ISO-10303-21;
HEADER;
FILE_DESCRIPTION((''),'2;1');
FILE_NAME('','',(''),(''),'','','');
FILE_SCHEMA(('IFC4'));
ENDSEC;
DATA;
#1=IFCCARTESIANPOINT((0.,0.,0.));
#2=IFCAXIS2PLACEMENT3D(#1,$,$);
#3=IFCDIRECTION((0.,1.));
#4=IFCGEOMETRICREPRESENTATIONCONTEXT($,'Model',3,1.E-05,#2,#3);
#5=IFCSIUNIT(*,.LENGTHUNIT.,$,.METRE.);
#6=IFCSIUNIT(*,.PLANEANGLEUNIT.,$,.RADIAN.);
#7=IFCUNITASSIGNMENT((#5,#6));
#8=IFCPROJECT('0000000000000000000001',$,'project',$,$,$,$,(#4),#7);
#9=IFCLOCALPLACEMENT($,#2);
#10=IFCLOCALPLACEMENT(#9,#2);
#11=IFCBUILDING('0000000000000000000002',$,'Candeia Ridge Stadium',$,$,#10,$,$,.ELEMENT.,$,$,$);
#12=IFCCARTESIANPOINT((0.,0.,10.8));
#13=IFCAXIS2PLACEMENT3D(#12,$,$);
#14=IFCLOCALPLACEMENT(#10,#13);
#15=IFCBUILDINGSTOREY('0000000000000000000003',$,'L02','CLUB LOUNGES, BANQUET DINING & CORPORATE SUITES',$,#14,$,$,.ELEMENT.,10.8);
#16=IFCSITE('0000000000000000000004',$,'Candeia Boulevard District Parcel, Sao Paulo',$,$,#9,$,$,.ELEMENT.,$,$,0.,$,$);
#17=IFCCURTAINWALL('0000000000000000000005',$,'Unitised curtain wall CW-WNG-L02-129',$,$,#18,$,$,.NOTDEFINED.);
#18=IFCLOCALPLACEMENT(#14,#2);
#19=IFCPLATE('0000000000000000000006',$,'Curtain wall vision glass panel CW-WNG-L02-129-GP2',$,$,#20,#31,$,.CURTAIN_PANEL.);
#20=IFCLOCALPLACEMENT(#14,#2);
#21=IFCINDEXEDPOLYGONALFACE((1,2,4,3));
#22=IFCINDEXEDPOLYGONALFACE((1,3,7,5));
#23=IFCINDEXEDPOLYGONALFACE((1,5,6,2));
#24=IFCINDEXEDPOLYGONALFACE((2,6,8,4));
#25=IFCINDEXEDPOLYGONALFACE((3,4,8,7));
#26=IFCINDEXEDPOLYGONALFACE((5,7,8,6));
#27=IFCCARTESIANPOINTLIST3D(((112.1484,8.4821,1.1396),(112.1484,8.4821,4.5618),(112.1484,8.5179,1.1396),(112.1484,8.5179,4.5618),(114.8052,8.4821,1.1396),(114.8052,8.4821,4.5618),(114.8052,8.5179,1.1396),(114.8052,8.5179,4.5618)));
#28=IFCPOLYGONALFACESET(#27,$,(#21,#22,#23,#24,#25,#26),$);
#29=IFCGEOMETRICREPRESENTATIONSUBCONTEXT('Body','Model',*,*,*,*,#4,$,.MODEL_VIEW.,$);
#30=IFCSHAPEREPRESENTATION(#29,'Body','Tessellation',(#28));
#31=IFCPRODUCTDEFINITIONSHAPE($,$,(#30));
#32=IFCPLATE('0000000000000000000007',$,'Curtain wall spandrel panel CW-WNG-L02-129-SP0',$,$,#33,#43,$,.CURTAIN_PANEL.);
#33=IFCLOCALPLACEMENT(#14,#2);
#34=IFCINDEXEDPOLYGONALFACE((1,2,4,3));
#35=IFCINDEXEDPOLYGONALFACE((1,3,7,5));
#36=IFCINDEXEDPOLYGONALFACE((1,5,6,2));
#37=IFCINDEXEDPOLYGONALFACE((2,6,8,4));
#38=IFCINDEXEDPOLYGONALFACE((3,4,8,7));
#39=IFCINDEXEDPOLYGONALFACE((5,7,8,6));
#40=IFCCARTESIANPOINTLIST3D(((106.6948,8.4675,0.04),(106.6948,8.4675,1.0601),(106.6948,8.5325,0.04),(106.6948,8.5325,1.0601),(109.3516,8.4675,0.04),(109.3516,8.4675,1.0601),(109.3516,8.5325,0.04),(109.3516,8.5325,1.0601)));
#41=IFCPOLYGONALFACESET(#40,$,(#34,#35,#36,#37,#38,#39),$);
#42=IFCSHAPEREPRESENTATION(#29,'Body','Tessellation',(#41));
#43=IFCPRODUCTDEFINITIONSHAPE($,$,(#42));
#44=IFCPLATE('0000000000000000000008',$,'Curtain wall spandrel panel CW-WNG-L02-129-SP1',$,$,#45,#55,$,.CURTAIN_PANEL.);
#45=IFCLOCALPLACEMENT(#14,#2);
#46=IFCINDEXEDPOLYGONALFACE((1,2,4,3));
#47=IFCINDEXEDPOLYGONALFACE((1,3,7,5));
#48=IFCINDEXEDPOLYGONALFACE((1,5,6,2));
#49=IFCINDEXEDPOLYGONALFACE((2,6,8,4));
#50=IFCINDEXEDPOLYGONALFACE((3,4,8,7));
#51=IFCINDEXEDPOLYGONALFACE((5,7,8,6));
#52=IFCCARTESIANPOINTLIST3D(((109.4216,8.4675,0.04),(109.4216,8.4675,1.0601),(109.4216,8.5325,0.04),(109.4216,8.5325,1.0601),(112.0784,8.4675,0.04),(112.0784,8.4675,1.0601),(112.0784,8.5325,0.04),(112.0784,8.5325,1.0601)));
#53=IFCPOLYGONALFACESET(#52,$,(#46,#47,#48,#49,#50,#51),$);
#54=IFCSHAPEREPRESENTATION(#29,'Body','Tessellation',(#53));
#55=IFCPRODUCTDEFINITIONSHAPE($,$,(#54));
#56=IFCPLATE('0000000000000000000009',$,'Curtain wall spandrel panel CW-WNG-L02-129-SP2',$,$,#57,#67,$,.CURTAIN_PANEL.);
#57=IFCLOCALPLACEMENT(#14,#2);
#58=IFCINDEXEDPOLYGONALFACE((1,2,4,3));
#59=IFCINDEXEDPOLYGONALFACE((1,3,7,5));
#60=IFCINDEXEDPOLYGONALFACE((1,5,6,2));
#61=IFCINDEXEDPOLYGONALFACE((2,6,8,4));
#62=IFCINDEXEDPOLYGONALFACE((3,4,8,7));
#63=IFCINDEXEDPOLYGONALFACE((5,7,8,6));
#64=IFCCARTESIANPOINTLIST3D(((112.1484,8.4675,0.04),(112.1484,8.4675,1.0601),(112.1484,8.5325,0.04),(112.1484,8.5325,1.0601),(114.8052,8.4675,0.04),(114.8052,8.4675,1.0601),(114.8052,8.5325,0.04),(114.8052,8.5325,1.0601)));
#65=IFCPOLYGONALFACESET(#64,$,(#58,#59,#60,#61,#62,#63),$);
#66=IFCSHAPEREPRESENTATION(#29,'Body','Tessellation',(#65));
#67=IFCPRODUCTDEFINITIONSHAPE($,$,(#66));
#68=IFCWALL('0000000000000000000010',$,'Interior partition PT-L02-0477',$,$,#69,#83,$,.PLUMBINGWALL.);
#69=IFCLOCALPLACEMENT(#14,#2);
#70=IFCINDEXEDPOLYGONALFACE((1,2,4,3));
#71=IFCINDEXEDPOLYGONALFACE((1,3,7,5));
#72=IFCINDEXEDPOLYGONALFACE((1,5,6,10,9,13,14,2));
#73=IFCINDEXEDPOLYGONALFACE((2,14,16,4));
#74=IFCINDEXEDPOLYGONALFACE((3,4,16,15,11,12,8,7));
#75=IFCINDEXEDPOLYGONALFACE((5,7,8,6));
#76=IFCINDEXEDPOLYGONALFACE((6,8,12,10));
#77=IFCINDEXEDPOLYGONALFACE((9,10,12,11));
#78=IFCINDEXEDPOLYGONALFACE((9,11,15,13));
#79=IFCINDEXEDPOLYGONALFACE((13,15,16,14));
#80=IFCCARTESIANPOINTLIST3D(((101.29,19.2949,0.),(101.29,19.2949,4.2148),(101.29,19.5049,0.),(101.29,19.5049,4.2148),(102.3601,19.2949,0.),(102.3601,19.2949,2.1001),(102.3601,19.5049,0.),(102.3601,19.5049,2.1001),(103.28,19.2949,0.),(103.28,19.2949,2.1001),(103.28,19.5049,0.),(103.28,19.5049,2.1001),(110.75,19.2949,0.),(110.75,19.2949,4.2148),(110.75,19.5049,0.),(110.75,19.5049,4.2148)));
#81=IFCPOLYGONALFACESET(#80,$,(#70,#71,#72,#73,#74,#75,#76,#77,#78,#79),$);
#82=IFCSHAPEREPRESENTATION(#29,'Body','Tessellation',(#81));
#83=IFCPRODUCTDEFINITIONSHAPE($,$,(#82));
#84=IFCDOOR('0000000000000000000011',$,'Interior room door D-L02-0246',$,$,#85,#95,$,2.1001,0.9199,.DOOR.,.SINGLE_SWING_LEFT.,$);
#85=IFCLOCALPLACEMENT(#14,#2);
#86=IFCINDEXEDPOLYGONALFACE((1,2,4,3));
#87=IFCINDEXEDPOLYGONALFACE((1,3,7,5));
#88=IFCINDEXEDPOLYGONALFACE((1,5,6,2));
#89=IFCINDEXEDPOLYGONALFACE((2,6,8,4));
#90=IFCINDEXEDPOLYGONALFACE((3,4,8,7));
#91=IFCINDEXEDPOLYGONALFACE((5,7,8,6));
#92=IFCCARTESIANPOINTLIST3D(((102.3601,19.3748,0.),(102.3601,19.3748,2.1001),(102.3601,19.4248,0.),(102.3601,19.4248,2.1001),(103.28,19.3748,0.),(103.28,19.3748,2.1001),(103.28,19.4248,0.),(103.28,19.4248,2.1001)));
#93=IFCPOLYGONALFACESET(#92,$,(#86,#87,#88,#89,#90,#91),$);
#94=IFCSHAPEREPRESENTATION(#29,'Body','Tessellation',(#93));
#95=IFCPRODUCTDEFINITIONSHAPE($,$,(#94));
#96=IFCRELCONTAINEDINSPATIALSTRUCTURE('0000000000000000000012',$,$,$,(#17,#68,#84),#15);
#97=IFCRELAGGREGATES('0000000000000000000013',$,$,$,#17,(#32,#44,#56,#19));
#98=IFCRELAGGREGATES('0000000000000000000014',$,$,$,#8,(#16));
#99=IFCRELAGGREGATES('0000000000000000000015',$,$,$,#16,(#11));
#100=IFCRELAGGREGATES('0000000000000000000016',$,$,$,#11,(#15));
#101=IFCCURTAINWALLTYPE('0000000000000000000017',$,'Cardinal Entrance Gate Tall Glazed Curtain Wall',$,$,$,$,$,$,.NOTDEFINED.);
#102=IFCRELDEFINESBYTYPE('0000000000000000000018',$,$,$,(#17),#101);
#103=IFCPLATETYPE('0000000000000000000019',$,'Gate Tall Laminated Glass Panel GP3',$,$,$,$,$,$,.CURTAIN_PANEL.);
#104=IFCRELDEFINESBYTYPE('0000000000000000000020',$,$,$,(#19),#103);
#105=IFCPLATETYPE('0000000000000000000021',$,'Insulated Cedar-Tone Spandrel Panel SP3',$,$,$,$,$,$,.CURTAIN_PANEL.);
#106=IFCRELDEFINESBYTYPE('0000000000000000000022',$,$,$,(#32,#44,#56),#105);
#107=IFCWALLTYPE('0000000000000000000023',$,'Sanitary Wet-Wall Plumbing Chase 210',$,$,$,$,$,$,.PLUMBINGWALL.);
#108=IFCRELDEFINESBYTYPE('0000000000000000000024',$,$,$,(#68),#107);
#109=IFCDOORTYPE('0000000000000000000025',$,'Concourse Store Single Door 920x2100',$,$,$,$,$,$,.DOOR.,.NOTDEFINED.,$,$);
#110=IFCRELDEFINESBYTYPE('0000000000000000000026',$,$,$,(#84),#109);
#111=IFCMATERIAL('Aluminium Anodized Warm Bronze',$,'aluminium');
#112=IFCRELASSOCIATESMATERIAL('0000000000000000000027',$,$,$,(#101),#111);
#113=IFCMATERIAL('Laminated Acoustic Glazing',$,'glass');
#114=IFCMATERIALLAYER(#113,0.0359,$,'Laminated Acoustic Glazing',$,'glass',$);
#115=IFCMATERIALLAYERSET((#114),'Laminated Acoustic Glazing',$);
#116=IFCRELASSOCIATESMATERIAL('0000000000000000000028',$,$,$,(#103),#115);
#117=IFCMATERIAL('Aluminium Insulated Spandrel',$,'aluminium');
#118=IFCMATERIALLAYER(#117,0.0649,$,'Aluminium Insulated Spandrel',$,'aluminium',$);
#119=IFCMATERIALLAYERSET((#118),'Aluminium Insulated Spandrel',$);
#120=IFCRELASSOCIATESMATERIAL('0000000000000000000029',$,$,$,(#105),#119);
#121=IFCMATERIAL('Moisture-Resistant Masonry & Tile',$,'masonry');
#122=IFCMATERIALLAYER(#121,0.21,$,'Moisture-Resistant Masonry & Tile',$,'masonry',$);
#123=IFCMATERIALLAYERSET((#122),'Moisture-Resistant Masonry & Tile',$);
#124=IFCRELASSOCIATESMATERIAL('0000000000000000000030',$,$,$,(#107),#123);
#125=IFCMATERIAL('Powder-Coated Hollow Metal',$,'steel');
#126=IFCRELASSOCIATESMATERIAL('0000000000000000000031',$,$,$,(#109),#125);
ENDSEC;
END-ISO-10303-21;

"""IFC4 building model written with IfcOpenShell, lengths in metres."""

from ifc_helpers import new_model, si_unit, direction, frame, frame_2d, origin, origin_2d, place, context, subcontext, project, spatial, rectangle, extrude, material, layer, layer_set, type_object, element, fill, aggregate, save


model = new_model("IFC4")

# Units and contexts
model_context = context("Model", 3, precision=1e-05, world=origin(), true_north=direction((0.0, 1.0)))
body_context = subcontext(model_context, "Body", "Model", "MODEL_VIEW")
ifc_project = project(units=[si_unit("LENGTHUNIT", "METRE"), si_unit("PLANEANGLEUNIT", "RADIAN")], contexts=[model_context])

# Site, building, storey
site_placement = place(None, origin())
site = spatial("IfcSite", under=ifc_project, at=site_placement, Name="Candeia Boulevard District Parcel, Sao Paulo", CompositionType="ELEMENT", RefElevation=0.0)
building_placement = place(site_placement, origin())
building = spatial("IfcBuilding", under=site, at=building_placement, Name="Candeia Ridge Stadium", CompositionType="ELEMENT")
storey_placement = place(building_placement, frame((0.0, 0.0, 10.8)))
storey = spatial("IfcBuildingStorey", under=building, at=storey_placement, Name="L02", Description="CLUB LOUNGES, BANQUET DINING & CORPORATE SUITES", CompositionType="ELEMENT", Elevation=10.8)

# Curtain wall
ifc_material_1 = material(Name="Aluminium Anodized Warm Bronze", Category="aluminium")
curtain_wall_type = type_object("IfcCurtainWallType", Name="Cardinal Entrance Gate Tall Glazed Curtain Wall", PredefinedType="NOTDEFINED", material=ifc_material_1)
curtain_wall_placement = place(storey_placement, origin())
curtain_wall = element("IfcCurtainWall", 1, at=curtain_wall_placement, inside=storey, type_object=curtain_wall_type, Name="Unitised curtain wall CW-WNG-L02-129", PredefinedType="NOTDEFINED")

# Plates
ifc_material_2 = material(Name="Laminated Acoustic Glazing", Category="glass")
ifc_layer_1 = layer(ifc_material_2, 0.0359, Name="Laminated Acoustic Glazing", Category="glass")
ifc_layer_set_1 = layer_set([ifc_layer_1], Name="Laminated Acoustic Glazing")
plate_type_1 = type_object("IfcPlateType", Name="Gate Tall Laminated Glass Panel GP3", PredefinedType="CURTAIN_PANEL", material=ifc_layer_set_1)
plate_1_placement = place(storey_placement, frame((113.4768, 8.5, 1.1396), z_axis=(0.0, 0.0, 1.0), x_axis=(1.0, 0.0, 0.0)))
plate_1 = element("IfcPlate", 2, at=plate_1_placement, type_object=plate_type_1, Name="Curtain wall vision glass panel CW-WNG-L02-129-GP2", PredefinedType="CURTAIN_PANEL", context=body_context, shape_type="SweptSolid", body=[
    extrude(rectangle(XDim=2.6567, YDim=0.0359, at=origin_2d()), origin(), (0.0, 0.0, 1.0), 3.4221),
])
ifc_material_3 = material(Name="Aluminium Insulated Spandrel", Category="aluminium")
ifc_layer_2 = layer(ifc_material_3, 0.0649, Name="Aluminium Insulated Spandrel", Category="aluminium")
ifc_layer_set_2 = layer_set([ifc_layer_2], Name="Aluminium Insulated Spandrel")
plate_type_2 = type_object("IfcPlateType", Name="Insulated Cedar-Tone Spandrel Panel SP3", PredefinedType="CURTAIN_PANEL", material=ifc_layer_set_2)
plate_2_placement = place(storey_placement, frame((108.0232, 8.5, 0.04), z_axis=(0.0, 0.0, 1.0), x_axis=(1.0, 0.0, 0.0)))
plate_2 = element("IfcPlate", 3, at=plate_2_placement, type_object=plate_type_2, Name="Curtain wall spandrel panel CW-WNG-L02-129-SP0", PredefinedType="CURTAIN_PANEL", context=body_context, shape_type="SweptSolid", body=[
    extrude(rectangle(XDim=2.6567, YDim=0.0649, at=origin_2d()), origin(), (0.0, 0.0, 1.0), 1.02),
])
plate_3_placement = place(storey_placement, frame((110.75, 8.5, 0.04), z_axis=(0.0, 0.0, 1.0), x_axis=(1.0, 0.0, 0.0)))
plate_3 = element("IfcPlate", 4, at=plate_3_placement, type_object=plate_type_2, Name="Curtain wall spandrel panel CW-WNG-L02-129-SP1", PredefinedType="CURTAIN_PANEL", context=body_context, shape_type="SweptSolid", body=[
    extrude(rectangle(XDim=2.6567, YDim=0.0649, at=origin_2d()), origin(), (0.0, 0.0, 1.0), 1.02),
])
plate_4_placement = place(storey_placement, frame((113.4768, 8.5, 0.04), z_axis=(0.0, 0.0, 1.0), x_axis=(1.0, 0.0, 0.0)))
plate_4 = element("IfcPlate", 5, at=plate_4_placement, type_object=plate_type_2, Name="Curtain wall spandrel panel CW-WNG-L02-129-SP2", PredefinedType="CURTAIN_PANEL", context=body_context, shape_type="SweptSolid", body=[
    extrude(rectangle(XDim=2.6567, YDim=0.0649, at=origin_2d()), origin(), (0.0, 0.0, 1.0), 1.02),
])
aggregate(curtain_wall, [plate_2, plate_3, plate_4, plate_1])

# Wall, opening, door
ifc_material_4 = material(Name="Moisture-Resistant Masonry & Tile", Category="masonry")
ifc_layer_3 = layer(ifc_material_4, 0.21, Name="Moisture-Resistant Masonry & Tile", Category="masonry")
ifc_layer_set_3 = layer_set([ifc_layer_3], Name="Moisture-Resistant Masonry & Tile")
wall_type = type_object("IfcWallType", Name="Sanitary Wet-Wall Plumbing Chase 210", PredefinedType="PLUMBINGWALL", material=ifc_layer_set_3)
wall_placement = place(storey_placement, frame((110.75, 19.3999, 0.0), z_axis=(0.0, 0.0, 1.0), x_axis=(-1.0, 0.0, 0.0)))
wall = element("IfcWall", 6, at=wall_placement, inside=storey, type_object=wall_type, Name="Interior partition PT-L02-0477", PredefinedType="PLUMBINGWALL", context=body_context, shape_type="SweptSolid", body=[
    extrude(rectangle(XDim=9.46, YDim=0.21, at=frame_2d((4.73, 0.0))), origin(), (0.0, 0.0, 1.0), 4.2148),
])
opening_placement = place(wall_placement, frame((7.47, 0.0, 0.0)))
opening = element("IfcOpeningElement", 7, at=opening_placement, cuts=wall, PredefinedType="OPENING", context=body_context, shape_type="SweptSolid", body=[
    extrude(rectangle(XDim=0.9199, YDim=2.1001, at=frame_2d((0.46, 1.05))), frame((0.0, 0.115, 0.0), z_axis=(0.0, -1.0, 0.0), x_axis=(1.0, 0.0, 0.0)), (0.0, 0.0, 1.0), 0.23),
])
ifc_material_5 = material(Name="Powder-Coated Hollow Metal", Category="steel")
door_type = type_object("IfcDoorType", Name="Concourse Store Single Door 920x2100", OperationType="NOTDEFINED", PredefinedType="DOOR", material=ifc_material_5)
door_placement = place(opening_placement, frame((0.9199, 0.0, 0.0), z_axis=(0.0, 0.0, 1.0), x_axis=(-1.0, 0.0, 0.0)))
door = element("IfcDoor", 8, at=door_placement, inside=storey, type_object=door_type, Name="Interior room door D-L02-0246", OperationType="SINGLE_SWING_LEFT", OverallHeight=2.1001, OverallWidth=0.9199, PredefinedType="DOOR", context=body_context, shape_type="SweptSolid", body=[
    extrude(rectangle(XDim=0.9199, YDim=2.1001, at=frame_2d((0.46, 1.05))), frame((0.0, 0.0249, 0.0), z_axis=(0.0, -1.0, 0.0), x_axis=(1.0, 0.0, 0.0)), (0.0, 0.0, 1.0), 0.05),
])
fill(opening, door)

save(model, "model.ifc")
